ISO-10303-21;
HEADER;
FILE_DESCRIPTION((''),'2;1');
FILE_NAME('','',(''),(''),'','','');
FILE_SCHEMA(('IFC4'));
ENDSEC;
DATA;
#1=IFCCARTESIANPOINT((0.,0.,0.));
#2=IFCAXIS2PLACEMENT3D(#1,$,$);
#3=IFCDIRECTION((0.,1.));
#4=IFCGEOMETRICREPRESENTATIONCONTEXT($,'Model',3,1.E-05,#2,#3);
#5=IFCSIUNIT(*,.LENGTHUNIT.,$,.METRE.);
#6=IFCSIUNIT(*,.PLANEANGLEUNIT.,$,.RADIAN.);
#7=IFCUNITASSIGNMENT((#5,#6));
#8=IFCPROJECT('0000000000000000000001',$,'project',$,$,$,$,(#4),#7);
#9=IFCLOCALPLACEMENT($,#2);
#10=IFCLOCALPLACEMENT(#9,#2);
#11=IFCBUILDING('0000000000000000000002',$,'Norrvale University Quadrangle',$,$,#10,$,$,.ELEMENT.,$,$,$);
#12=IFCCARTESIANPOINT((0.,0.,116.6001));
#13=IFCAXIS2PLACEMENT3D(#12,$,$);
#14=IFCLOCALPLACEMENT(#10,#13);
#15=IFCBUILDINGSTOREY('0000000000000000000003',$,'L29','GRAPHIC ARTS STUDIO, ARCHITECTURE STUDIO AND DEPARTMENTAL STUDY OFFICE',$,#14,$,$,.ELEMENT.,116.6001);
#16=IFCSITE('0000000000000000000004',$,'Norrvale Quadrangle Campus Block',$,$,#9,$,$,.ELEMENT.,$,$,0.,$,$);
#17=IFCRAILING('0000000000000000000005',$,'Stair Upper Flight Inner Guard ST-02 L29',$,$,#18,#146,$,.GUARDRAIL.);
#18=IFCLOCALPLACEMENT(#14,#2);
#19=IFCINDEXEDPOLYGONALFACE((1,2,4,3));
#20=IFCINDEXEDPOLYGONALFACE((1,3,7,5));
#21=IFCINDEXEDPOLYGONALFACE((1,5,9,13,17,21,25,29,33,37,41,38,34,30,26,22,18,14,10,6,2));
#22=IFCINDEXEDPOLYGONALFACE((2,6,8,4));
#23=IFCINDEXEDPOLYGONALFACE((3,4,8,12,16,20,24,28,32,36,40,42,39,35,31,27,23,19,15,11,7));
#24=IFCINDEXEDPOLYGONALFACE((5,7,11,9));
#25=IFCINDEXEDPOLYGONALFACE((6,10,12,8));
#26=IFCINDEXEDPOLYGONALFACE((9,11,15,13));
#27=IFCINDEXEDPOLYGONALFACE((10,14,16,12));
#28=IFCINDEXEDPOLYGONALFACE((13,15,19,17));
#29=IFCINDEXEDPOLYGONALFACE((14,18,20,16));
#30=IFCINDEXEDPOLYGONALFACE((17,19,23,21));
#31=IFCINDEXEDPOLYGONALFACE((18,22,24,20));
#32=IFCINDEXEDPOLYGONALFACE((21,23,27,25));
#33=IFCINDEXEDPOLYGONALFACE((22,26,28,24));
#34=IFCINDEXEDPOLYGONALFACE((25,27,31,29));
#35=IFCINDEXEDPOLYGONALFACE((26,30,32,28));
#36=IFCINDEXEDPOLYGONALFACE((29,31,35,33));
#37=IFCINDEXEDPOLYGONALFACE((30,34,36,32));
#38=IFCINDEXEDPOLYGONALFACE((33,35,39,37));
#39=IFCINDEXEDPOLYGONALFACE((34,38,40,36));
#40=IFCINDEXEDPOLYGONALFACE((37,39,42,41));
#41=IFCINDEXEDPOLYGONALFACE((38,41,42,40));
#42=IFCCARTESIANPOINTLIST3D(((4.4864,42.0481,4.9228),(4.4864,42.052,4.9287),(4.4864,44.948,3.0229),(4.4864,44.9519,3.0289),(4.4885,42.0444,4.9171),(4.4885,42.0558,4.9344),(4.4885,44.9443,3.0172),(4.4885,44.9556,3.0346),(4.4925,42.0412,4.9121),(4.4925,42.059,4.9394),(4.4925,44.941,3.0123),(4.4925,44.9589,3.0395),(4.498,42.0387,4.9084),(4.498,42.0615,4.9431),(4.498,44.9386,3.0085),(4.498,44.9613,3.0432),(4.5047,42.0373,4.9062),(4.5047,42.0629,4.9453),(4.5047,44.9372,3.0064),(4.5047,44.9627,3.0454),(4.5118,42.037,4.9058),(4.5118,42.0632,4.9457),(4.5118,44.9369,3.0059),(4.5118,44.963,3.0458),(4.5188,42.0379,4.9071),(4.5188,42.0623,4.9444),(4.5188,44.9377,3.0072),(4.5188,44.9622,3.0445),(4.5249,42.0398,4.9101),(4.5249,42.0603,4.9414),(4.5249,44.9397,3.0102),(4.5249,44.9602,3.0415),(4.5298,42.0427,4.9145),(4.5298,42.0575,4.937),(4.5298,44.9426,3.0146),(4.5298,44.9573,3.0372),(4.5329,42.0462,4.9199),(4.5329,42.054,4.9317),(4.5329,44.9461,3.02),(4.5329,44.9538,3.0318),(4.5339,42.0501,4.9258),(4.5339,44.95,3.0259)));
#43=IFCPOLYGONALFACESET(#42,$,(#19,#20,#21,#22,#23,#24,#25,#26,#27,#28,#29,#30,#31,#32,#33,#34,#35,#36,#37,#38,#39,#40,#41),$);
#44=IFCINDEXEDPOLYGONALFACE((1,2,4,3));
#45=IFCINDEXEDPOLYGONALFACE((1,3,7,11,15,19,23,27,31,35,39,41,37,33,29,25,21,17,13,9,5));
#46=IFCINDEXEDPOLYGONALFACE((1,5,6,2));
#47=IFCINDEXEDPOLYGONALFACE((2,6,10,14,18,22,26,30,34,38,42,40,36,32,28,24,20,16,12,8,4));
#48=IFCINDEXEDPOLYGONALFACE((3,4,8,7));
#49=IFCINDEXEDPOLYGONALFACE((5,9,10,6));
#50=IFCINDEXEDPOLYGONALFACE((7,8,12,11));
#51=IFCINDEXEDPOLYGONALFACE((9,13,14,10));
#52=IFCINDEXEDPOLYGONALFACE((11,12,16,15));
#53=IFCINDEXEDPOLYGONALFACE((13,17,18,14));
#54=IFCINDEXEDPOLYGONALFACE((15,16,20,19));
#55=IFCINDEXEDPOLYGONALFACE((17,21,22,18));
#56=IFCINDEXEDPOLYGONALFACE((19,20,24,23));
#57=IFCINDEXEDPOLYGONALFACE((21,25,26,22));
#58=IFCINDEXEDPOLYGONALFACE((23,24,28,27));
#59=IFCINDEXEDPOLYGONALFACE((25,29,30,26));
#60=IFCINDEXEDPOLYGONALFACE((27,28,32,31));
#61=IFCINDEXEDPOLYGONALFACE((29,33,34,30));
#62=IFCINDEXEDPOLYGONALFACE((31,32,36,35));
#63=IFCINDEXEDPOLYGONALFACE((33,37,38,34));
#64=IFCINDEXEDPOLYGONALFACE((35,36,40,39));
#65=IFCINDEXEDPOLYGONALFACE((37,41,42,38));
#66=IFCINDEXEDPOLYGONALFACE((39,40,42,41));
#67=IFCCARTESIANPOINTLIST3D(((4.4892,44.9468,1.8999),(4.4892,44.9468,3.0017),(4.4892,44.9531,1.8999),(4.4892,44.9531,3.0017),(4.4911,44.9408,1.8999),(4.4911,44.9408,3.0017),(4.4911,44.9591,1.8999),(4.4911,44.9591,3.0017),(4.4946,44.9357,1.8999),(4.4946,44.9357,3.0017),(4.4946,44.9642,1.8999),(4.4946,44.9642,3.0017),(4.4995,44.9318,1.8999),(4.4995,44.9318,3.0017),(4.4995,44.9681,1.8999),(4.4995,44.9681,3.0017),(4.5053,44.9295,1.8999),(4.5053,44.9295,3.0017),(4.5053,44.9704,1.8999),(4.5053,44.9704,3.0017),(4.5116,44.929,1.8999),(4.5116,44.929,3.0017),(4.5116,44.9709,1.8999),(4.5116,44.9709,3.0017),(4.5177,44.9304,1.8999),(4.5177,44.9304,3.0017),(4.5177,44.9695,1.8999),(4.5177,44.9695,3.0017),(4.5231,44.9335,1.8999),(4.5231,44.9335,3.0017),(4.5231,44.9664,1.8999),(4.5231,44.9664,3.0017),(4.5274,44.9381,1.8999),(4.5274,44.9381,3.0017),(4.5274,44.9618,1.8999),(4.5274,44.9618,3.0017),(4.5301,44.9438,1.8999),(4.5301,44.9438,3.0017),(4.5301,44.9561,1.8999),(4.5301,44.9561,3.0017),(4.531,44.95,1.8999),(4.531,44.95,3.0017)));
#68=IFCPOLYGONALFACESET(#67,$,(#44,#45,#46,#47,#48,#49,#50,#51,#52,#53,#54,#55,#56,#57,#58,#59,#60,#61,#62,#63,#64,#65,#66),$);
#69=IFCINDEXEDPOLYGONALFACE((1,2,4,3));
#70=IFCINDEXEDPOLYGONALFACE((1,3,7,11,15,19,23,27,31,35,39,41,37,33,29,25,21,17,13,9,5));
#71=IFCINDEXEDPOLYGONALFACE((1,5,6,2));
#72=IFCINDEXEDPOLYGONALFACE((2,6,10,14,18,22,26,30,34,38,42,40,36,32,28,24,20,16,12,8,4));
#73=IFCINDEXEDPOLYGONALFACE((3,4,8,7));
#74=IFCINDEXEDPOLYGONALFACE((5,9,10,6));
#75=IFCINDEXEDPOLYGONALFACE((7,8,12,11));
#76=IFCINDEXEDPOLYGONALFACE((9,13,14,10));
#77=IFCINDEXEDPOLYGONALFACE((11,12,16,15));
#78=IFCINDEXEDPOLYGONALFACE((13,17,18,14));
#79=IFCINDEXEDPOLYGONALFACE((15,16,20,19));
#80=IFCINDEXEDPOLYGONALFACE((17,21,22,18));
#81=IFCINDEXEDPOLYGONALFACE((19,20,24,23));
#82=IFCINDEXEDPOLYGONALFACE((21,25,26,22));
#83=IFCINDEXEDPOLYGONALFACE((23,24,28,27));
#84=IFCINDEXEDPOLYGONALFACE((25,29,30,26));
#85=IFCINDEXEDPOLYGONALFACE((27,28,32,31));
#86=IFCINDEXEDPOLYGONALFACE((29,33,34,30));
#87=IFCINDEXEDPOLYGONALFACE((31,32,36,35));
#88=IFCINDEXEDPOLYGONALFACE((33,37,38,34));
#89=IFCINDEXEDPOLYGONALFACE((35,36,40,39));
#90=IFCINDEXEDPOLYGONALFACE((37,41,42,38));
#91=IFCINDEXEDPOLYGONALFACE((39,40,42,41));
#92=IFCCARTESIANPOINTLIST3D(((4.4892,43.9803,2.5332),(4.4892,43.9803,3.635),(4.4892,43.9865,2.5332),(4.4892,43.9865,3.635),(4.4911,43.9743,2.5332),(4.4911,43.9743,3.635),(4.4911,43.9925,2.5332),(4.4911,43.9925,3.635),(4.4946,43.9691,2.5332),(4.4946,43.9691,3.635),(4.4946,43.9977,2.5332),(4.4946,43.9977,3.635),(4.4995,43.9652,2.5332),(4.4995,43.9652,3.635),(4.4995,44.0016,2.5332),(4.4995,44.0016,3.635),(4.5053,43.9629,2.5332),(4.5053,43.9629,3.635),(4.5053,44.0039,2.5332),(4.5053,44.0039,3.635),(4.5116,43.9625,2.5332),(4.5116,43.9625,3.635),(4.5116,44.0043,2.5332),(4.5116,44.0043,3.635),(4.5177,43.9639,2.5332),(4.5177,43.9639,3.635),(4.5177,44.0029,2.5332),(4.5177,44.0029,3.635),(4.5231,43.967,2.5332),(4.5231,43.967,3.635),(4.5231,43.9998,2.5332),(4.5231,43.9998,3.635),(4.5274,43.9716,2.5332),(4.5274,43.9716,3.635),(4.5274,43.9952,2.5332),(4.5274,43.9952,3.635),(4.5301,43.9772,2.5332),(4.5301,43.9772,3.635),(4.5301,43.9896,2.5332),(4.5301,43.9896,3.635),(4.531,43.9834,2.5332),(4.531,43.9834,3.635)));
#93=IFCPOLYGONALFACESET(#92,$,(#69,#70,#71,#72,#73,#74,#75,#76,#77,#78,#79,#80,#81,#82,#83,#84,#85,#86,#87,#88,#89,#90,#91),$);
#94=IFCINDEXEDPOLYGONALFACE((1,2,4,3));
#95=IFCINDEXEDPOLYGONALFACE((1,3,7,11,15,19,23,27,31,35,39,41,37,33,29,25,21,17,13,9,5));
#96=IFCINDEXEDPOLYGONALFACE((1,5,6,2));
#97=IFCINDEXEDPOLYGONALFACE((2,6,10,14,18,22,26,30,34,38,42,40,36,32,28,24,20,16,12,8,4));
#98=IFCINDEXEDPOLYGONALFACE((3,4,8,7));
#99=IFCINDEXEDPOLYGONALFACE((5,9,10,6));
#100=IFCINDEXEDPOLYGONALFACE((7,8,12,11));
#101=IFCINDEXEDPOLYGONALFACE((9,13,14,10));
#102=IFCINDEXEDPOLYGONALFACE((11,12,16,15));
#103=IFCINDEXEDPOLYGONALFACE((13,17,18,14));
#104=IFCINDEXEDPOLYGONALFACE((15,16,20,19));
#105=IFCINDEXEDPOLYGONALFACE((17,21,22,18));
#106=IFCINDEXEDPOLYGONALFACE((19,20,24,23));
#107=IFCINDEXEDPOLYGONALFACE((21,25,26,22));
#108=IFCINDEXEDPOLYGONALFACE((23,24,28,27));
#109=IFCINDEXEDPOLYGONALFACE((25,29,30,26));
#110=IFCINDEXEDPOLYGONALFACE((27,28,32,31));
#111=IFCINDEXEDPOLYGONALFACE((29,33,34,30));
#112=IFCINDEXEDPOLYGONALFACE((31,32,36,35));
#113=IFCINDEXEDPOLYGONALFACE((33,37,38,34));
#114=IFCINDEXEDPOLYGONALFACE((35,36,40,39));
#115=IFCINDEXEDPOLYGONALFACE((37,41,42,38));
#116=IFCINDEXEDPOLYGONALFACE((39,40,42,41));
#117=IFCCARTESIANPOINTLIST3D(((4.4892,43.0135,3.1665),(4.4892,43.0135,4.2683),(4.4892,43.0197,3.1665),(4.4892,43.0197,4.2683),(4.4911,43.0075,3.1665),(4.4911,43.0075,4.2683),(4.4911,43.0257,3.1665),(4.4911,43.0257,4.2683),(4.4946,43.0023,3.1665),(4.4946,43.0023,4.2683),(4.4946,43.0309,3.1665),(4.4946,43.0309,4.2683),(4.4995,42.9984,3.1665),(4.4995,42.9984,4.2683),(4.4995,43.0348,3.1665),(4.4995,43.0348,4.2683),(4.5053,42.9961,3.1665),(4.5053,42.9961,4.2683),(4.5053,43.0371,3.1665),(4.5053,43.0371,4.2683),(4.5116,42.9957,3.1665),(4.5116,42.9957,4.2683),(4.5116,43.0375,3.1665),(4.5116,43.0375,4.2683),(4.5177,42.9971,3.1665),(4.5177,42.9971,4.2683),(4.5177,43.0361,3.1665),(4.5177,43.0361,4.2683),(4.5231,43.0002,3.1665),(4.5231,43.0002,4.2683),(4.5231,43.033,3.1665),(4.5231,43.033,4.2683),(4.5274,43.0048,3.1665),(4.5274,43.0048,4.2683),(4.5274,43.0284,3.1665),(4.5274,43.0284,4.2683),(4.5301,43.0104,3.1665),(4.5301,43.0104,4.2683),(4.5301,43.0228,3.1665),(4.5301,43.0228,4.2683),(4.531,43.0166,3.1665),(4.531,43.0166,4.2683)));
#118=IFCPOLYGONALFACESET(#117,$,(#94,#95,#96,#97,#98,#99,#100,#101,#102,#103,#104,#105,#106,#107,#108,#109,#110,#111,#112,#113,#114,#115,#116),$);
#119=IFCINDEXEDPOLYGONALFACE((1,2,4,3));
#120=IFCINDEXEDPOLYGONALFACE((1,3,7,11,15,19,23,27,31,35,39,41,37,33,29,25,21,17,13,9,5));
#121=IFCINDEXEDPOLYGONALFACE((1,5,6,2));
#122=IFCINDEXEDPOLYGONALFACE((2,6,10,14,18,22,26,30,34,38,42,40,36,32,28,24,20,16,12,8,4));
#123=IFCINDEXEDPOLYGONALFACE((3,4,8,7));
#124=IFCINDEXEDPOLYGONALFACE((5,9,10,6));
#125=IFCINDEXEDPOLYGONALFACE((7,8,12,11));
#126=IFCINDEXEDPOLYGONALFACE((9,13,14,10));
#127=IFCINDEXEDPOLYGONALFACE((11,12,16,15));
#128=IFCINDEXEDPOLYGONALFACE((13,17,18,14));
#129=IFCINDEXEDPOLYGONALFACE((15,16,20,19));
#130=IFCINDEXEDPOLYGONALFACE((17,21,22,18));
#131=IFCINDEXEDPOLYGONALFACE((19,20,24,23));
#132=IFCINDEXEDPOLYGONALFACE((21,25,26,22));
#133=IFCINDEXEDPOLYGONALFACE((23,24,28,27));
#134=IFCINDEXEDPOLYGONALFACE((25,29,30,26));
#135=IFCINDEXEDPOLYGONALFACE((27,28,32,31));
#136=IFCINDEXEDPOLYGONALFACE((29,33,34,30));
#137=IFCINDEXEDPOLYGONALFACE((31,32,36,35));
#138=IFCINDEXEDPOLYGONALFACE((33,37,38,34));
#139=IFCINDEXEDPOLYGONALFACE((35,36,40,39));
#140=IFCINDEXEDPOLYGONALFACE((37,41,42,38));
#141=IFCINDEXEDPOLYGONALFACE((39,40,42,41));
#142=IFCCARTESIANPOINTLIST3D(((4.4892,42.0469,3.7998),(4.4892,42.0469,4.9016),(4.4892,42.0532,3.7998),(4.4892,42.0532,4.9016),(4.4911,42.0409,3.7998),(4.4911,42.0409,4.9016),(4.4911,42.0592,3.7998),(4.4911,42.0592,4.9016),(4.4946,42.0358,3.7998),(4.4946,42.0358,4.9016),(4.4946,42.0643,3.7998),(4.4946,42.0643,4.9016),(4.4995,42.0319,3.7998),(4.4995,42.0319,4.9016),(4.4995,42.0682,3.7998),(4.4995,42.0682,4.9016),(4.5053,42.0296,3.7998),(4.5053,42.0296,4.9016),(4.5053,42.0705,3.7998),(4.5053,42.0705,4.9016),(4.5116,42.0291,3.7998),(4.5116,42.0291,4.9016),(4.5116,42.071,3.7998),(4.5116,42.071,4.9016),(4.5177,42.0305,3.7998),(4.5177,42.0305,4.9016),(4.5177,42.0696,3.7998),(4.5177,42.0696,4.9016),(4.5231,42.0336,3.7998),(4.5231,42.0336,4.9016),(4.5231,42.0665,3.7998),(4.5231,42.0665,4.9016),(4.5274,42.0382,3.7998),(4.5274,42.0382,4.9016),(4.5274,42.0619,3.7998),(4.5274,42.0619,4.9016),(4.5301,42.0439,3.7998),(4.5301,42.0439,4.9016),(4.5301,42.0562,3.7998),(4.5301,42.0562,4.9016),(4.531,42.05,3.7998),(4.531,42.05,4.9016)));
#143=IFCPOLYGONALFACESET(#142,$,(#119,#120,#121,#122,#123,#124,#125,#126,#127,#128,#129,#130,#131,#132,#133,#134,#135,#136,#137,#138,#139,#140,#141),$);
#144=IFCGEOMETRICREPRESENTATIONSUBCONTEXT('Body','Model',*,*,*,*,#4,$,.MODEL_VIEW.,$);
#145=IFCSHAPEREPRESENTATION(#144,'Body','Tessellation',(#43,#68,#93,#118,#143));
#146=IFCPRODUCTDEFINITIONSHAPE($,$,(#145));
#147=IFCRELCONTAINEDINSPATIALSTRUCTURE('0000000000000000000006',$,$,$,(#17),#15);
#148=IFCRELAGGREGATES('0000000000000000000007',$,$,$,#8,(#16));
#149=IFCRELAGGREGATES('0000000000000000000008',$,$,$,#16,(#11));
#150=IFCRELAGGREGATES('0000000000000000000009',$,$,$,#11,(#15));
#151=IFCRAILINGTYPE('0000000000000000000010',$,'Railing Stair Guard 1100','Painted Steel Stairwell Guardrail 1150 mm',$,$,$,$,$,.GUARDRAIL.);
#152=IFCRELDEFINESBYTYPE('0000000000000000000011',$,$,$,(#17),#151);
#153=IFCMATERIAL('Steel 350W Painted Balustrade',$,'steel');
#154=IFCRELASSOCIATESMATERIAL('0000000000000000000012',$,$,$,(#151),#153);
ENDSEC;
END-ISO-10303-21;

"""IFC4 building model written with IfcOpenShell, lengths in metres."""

from ifc_helpers import new_model, si_unit, direction, frame, origin, origin_2d, place, context, subcontext, project, spatial, circle, extrude, material, type_object, element, save


model = new_model("IFC4")

# Units and contexts
model_context = context("Model", 3, precision=1e-05, world=origin(), true_north=direction((0.0, 1.0)))
body_context = subcontext(model_context, "Body", "Model", "MODEL_VIEW")
ifc_project = project(units=[si_unit("LENGTHUNIT", "METRE"), si_unit("PLANEANGLEUNIT", "RADIAN")], contexts=[model_context])

# Site, building, storey
site_placement = place(None, origin())
site = spatial("IfcSite", under=ifc_project, at=site_placement, Name="Norrvale Quadrangle Campus Block", CompositionType="ELEMENT", RefElevation=0.0)
building_placement = place(site_placement, origin())
building = spatial("IfcBuilding", under=site, at=building_placement, Name="Norrvale University Quadrangle", CompositionType="ELEMENT")
storey_placement = place(building_placement, frame((0.0, 0.0, 116.6001)))
storey = spatial("IfcBuildingStorey", under=building, at=storey_placement, Name="L29", Description="GRAPHIC ARTS STUDIO, ARCHITECTURE STUDIO AND DEPARTMENTAL STUDY OFFICE", CompositionType="ELEMENT", Elevation=116.6001)

# Railing
ifc_material_1 = material(Name="Steel 350W Painted Balustrade", Category="steel")
railing_type_1 = type_object("IfcRailingType", Name="Railing Stair Guard 1100", Description="Painted Steel Stairwell Guardrail 1150 mm", PredefinedType="GUARDRAIL", material=ifc_material_1)
railing_1_placement = place(storey_placement, frame((4.51, 44.95, 1.8999)))
element("IfcRailing", 1, at=railing_1_placement, inside=storey, type_object=railing_type_1, Name="Stair Upper Flight Inner Guard ST-02 L29", PredefinedType="GUARDRAIL", context=body_context, shape_type="SweptSolid", body=[
    extrude(circle(Radius=0.0239, at=origin_2d()), frame((0.0, 0.0, 1.126), z_axis=(0.0, -0.836466, 0.548019), x_axis=(1.0, 0.0, 0.0)), (0.0, 0.0, 1.0), 3.4668),
    extrude(circle(Radius=0.021, at=origin_2d()), origin(), (0.0, 0.0, 1.0), 1.1018),
    extrude(circle(Radius=0.021, at=origin_2d()), frame((0.0, -0.9666, 0.6333)), (0.0, 0.0, 1.0), 1.1018),
    extrude(circle(Radius=0.021, at=origin_2d()), frame((0.0, -1.9333, 1.2666)), (0.0, 0.0, 1.0), 1.1018),
    extrude(circle(Radius=0.021, at=origin_2d()), frame((0.0, -2.8999, 1.8999)), (0.0, 0.0, 1.0), 1.1018),
])

save(model, "model.ifc")
